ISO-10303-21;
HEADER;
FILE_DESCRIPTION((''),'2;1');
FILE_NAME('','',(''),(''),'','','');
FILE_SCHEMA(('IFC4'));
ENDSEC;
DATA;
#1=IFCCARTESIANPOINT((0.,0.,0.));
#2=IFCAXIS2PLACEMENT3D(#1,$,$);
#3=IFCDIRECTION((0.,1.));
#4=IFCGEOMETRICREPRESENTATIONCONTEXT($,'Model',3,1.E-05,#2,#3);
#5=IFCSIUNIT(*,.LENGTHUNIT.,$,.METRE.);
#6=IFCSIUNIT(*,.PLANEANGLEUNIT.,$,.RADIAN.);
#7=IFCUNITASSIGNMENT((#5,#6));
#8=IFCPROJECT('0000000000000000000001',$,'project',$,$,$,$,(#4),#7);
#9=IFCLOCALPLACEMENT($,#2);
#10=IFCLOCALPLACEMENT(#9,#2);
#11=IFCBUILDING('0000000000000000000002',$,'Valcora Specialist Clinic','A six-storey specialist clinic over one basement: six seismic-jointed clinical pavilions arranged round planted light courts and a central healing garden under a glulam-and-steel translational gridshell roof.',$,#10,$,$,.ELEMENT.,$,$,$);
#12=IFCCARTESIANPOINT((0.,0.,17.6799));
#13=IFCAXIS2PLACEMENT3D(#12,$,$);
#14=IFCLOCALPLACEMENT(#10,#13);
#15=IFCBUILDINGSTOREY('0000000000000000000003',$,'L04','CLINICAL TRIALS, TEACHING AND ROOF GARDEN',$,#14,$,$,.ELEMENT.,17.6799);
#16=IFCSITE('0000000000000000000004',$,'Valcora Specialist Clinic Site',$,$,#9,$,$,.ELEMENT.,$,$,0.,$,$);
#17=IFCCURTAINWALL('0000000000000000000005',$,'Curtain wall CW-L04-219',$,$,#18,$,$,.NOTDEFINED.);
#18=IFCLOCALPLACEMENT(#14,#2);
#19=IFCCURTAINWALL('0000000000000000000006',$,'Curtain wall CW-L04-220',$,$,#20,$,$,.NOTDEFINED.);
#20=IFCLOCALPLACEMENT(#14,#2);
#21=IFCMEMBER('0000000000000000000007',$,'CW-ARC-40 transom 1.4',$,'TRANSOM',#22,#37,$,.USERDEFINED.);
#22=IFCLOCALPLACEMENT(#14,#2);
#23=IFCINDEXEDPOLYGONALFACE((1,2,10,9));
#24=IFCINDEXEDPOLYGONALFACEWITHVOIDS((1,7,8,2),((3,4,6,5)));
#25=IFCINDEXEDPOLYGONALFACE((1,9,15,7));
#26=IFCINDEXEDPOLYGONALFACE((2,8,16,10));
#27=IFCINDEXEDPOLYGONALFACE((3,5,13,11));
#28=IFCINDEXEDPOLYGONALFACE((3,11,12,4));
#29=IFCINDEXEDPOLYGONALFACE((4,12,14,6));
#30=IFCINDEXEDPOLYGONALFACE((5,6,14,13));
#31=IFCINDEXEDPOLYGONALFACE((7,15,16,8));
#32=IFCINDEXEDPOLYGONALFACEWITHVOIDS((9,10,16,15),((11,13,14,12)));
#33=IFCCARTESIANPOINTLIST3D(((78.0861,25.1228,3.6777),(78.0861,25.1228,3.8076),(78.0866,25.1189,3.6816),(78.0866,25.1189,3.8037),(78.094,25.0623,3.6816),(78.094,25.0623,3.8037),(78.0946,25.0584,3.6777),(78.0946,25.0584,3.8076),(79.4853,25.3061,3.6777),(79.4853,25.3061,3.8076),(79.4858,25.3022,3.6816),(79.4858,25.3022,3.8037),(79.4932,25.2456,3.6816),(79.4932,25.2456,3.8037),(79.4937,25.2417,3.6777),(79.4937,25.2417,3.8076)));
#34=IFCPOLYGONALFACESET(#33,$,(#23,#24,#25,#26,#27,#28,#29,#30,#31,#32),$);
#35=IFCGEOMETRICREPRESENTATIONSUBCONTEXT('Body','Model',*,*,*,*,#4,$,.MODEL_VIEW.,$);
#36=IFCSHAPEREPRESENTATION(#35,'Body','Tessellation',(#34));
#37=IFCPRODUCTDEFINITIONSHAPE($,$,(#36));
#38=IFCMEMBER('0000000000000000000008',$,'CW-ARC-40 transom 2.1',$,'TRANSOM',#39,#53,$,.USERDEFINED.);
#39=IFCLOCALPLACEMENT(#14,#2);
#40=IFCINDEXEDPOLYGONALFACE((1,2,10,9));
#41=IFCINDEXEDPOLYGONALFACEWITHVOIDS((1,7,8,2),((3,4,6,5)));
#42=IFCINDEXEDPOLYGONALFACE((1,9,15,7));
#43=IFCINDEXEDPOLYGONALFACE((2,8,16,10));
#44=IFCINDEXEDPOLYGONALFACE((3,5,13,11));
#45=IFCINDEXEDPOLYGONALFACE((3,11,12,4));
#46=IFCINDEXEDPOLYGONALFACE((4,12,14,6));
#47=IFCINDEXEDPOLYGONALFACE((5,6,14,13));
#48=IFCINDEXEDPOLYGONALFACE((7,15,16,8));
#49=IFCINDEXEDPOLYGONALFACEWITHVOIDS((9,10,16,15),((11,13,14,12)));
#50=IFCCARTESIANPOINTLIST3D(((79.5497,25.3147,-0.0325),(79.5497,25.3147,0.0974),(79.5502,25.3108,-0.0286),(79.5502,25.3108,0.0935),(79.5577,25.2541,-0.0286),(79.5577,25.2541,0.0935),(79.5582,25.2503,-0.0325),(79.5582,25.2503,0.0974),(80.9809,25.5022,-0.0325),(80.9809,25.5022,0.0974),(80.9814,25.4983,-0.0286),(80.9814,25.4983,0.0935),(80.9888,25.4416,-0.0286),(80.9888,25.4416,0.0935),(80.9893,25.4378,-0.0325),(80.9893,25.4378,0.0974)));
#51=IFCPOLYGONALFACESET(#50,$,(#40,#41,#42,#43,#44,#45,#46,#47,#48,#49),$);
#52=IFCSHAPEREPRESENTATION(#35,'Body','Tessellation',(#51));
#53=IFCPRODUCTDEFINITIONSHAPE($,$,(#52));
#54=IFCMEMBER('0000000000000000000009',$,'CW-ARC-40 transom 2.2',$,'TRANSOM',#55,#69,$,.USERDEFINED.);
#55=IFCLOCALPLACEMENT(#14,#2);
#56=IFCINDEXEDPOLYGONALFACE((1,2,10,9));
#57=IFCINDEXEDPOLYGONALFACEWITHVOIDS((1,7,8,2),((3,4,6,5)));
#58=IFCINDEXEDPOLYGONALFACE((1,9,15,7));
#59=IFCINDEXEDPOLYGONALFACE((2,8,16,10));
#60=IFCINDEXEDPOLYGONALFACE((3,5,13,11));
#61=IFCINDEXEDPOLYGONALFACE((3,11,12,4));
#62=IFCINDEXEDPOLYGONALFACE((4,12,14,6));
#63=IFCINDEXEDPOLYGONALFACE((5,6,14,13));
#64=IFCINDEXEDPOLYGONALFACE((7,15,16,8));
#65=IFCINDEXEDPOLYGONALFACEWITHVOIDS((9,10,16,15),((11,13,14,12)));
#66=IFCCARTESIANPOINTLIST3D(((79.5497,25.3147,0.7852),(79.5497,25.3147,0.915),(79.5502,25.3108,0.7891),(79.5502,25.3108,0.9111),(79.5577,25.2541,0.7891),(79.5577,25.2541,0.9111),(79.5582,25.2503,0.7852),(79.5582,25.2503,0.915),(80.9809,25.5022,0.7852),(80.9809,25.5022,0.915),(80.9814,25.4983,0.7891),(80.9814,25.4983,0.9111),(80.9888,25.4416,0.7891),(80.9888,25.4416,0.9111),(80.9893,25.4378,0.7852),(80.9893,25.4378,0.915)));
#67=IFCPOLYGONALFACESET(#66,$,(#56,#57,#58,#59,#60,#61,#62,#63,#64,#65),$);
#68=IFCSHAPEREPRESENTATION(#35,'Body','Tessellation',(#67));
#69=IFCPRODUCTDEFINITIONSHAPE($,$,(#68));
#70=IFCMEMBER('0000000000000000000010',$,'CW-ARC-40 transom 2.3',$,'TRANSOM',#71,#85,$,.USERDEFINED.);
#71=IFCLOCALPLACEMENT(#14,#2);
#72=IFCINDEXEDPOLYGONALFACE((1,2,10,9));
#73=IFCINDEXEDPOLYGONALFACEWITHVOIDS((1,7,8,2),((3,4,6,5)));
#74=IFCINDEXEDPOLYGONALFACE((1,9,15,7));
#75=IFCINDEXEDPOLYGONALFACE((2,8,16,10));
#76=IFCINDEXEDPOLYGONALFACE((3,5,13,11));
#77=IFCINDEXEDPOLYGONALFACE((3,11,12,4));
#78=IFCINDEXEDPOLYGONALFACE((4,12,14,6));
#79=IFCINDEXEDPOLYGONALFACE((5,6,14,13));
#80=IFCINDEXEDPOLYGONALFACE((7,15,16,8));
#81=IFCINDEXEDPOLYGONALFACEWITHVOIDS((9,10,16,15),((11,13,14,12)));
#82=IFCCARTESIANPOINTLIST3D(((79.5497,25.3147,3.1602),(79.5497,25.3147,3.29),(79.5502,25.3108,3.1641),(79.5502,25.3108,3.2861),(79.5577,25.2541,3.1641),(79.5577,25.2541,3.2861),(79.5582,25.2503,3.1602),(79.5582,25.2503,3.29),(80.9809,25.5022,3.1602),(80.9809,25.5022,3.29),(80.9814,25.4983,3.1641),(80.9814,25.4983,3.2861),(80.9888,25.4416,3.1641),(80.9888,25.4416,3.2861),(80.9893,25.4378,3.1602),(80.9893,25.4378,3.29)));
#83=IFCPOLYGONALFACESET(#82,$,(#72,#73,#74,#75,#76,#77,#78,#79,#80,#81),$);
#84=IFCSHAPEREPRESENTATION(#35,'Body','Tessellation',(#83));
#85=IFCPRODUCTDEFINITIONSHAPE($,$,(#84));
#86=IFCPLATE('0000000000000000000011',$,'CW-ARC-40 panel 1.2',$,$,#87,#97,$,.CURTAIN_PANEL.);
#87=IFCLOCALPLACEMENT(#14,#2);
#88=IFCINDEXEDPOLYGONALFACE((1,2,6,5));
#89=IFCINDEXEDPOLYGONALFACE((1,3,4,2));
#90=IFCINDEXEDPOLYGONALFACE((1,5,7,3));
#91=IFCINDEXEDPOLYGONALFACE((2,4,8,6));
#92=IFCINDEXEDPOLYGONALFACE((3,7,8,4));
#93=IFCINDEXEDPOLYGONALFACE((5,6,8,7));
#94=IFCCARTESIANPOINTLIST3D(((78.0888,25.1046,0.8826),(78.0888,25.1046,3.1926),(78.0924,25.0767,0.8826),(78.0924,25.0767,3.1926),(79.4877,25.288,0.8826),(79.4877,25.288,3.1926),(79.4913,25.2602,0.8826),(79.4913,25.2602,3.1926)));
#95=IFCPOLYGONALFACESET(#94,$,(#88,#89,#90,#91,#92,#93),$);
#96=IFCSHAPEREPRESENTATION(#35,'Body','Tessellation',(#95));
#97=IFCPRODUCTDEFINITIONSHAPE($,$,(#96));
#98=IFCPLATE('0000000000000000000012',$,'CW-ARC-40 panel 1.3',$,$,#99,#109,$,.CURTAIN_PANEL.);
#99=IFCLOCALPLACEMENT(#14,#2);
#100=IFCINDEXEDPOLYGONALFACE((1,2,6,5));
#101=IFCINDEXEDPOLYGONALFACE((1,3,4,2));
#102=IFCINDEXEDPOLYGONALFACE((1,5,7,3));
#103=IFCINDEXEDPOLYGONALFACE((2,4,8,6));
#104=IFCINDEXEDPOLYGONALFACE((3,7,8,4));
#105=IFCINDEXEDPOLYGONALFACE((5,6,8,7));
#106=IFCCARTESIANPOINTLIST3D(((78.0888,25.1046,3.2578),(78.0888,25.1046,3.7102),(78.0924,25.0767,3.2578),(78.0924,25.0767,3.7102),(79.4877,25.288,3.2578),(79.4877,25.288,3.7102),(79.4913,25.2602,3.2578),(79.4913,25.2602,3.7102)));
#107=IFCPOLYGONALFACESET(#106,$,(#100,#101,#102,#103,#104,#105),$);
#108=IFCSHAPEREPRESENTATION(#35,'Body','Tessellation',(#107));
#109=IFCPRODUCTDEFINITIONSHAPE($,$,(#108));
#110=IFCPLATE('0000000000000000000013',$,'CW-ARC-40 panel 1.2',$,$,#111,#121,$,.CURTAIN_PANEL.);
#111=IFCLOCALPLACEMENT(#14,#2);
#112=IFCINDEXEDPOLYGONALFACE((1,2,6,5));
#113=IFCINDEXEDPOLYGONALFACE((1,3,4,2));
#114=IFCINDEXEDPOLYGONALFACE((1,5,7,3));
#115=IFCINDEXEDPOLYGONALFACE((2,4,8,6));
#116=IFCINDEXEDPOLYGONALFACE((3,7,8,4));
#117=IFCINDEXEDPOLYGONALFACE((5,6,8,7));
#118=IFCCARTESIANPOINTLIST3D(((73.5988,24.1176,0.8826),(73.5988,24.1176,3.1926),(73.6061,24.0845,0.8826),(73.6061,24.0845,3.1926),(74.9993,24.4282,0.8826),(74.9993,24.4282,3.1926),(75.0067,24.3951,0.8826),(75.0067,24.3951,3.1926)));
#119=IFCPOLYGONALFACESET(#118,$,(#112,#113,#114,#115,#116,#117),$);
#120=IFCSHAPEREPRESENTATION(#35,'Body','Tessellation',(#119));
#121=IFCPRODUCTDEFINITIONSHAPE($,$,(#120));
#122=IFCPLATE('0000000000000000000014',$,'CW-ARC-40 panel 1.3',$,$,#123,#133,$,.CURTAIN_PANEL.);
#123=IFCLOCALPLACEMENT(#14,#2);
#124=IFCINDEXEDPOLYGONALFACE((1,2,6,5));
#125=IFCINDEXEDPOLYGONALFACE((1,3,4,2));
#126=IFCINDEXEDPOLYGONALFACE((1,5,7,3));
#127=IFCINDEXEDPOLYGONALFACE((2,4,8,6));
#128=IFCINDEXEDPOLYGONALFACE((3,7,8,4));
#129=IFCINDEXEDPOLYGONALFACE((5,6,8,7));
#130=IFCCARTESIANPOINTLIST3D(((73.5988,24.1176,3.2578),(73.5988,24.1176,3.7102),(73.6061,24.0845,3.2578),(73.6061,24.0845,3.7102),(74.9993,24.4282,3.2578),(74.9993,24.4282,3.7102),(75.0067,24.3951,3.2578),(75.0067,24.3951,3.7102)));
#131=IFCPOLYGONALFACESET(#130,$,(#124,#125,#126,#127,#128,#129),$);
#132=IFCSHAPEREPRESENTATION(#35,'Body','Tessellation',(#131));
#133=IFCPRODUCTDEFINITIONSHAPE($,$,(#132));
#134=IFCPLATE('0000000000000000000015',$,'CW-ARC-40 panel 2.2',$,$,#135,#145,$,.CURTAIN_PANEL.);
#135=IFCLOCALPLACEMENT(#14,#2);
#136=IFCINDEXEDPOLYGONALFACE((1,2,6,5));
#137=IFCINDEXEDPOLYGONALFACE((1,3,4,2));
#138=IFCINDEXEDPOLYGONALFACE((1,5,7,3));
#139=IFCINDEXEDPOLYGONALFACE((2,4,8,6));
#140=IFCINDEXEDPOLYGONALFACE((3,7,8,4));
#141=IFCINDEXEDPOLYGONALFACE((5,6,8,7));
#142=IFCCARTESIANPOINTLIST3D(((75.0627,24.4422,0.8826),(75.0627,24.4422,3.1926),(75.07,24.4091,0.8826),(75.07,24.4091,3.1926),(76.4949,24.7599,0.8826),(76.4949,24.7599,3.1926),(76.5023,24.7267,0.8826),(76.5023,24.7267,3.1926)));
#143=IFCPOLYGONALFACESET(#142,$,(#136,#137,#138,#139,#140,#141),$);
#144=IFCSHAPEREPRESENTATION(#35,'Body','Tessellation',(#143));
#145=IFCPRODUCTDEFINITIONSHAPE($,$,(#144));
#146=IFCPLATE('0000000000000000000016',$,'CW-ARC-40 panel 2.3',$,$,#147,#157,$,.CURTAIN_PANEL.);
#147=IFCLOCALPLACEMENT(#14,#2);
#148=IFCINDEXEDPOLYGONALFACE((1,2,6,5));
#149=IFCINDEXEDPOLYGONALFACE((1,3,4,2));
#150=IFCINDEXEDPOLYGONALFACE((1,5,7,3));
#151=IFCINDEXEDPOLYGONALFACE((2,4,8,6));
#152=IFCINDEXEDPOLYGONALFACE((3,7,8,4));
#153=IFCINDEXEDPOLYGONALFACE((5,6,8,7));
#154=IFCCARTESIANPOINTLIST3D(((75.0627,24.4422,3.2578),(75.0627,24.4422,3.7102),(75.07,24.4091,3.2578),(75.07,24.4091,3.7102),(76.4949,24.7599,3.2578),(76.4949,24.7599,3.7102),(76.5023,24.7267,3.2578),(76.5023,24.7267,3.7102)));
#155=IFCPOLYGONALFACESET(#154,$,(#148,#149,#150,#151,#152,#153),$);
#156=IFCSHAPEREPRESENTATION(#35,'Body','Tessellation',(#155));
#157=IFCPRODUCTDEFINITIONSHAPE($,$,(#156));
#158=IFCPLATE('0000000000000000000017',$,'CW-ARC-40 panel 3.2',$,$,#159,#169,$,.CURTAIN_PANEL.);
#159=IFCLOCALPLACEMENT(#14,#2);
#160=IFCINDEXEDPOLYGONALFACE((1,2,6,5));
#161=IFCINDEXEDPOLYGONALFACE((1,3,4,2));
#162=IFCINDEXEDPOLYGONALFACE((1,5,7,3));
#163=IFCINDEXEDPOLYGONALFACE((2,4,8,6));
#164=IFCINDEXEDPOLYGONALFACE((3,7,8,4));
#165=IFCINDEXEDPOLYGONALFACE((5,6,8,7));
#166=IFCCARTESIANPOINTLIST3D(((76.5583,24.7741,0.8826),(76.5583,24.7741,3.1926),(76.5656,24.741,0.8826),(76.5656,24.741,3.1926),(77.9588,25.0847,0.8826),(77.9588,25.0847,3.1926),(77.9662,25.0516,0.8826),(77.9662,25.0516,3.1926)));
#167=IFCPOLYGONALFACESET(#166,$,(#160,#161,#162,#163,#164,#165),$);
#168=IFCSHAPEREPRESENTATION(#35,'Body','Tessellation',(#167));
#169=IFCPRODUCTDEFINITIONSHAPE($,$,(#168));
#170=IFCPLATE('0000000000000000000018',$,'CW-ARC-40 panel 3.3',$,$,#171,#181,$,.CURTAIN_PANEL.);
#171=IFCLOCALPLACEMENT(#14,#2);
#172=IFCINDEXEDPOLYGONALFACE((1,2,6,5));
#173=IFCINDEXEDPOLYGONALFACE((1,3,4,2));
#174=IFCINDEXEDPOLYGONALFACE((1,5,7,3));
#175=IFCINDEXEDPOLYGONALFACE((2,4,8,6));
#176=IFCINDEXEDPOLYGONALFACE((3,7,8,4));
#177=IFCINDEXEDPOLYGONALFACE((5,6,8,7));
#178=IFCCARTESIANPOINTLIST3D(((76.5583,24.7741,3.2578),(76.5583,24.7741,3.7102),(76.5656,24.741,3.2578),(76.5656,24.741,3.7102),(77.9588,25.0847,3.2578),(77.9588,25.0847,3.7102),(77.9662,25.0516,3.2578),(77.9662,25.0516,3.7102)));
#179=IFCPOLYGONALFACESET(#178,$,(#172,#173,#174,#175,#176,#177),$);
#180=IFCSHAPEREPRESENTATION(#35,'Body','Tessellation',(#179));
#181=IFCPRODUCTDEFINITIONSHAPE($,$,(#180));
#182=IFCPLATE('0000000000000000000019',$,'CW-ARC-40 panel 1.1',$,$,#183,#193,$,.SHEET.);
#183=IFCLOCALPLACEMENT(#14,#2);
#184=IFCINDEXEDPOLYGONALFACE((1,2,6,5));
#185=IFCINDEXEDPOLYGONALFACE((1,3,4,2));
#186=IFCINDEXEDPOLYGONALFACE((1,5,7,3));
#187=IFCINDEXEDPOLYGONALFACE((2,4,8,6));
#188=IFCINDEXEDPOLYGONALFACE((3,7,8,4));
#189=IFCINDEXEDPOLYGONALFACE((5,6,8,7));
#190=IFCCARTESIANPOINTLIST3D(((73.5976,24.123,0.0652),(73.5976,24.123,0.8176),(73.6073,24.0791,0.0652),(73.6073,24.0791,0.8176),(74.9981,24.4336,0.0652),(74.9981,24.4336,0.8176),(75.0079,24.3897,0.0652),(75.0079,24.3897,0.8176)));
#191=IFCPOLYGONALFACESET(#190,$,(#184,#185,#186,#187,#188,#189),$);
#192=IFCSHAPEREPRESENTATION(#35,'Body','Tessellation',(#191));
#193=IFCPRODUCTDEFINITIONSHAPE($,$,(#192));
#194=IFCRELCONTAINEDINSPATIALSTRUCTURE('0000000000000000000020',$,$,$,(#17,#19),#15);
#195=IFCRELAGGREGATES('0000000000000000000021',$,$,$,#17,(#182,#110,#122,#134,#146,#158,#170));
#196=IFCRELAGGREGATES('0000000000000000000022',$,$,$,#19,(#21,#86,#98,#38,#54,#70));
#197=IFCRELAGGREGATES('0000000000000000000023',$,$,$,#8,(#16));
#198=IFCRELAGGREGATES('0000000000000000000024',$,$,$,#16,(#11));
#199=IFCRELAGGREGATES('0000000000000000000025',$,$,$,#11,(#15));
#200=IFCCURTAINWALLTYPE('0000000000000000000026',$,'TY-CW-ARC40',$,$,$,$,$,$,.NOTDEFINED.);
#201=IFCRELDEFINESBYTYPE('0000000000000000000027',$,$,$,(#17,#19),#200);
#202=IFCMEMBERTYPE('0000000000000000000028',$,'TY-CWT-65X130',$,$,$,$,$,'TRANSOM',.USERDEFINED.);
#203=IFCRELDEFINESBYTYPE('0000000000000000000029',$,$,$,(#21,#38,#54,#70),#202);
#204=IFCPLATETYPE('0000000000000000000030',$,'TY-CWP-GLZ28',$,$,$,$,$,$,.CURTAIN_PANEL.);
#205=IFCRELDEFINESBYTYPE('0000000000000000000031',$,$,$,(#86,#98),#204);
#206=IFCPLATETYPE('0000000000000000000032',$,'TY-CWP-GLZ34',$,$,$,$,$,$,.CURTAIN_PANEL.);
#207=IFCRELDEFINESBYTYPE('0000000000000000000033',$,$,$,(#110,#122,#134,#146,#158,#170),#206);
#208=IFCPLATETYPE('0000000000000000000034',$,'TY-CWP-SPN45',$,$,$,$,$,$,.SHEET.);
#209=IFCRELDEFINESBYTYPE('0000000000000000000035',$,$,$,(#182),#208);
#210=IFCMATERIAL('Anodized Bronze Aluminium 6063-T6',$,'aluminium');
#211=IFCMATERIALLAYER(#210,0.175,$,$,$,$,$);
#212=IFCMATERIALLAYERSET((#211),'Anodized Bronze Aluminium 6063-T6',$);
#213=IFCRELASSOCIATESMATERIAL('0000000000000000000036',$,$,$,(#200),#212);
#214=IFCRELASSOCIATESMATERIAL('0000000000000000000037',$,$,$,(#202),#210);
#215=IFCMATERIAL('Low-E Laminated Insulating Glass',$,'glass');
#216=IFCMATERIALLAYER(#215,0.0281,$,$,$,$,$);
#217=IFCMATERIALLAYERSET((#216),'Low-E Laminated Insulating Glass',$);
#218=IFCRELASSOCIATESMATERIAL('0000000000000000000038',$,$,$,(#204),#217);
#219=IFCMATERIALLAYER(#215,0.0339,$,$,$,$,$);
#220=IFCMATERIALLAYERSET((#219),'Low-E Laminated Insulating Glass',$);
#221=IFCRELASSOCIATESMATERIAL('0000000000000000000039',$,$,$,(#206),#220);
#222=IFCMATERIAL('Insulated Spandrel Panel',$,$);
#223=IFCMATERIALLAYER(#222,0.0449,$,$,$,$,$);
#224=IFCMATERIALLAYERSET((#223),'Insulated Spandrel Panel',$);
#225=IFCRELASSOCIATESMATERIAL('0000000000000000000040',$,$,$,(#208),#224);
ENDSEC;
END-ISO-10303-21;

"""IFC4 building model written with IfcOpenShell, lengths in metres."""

from ifc_helpers import new_model, si_unit, direction, frame, origin, origin_2d, place, context, subcontext, project, spatial, rectangle, hollow_rectangle, extrude, material, layer, layer_set, material_profile, profile_set, type_object, element, aggregate, save


model = new_model("IFC4")

# Units and contexts
model_context = context("Model", 3, precision=1e-05, world=origin(), true_north=direction((0.0, 1.0)))
body_context = subcontext(model_context, "Body", "Model", "MODEL_VIEW")
ifc_project = project(units=[si_unit("LENGTHUNIT", "METRE"), si_unit("PLANEANGLEUNIT", "RADIAN")], contexts=[model_context])

# Site, building, storey
site_placement = place(None, origin())
site = spatial("IfcSite", under=ifc_project, at=site_placement, Name="Valcora Specialist Clinic Site", CompositionType="ELEMENT", RefElevation=0.0)
building_placement = place(site_placement, origin())
building = spatial("IfcBuilding", under=site, at=building_placement, Name="Valcora Specialist Clinic", Description="A six-storey specialist clinic over one basement: six seismic-jointed clinical pavilions arranged round planted light courts and a central healing garden under a glulam-and-steel translational gridshell roof.", CompositionType="ELEMENT")
storey_placement = place(building_placement, frame((0.0, 0.0, 17.6799)))
storey = spatial("IfcBuildingStorey", under=building, at=storey_placement, Name="L04", Description="CLINICAL TRIALS, TEACHING AND ROOF GARDEN", CompositionType="ELEMENT", Elevation=17.6799)

# Shared definitions
ifc_material_1 = material(Name="Anodized Bronze Aluminium 6063-T6", Category="aluminium")
ifc_layer_1 = layer(ifc_material_1, 0.175)
ifc_layer_set_1 = layer_set([ifc_layer_1], Name="Anodized Bronze Aluminium 6063-T6")
curtain_wall_type = type_object("IfcCurtainWallType", Name="TY-CW-ARC40", PredefinedType="NOTDEFINED", material=ifc_layer_set_1)

# Curtain walls
curtain_wall_1_placement = place(storey_placement, origin())
curtain_wall_1 = element("IfcCurtainWall", 1, at=curtain_wall_1_placement, inside=storey, type_object=curtain_wall_type, Name="Curtain wall CW-L04-219", PredefinedType="NOTDEFINED")
curtain_wall_2_placement = place(storey_placement, origin())
curtain_wall_2 = element("IfcCurtainWall", 2, at=curtain_wall_2_placement, inside=storey, type_object=curtain_wall_type, Name="Curtain wall CW-L04-220", PredefinedType="NOTDEFINED")

# Members
ifc_material_profile_1 = material_profile(ifc_material_1, hollow_rectangle(XDim=0.0649, YDim=0.1299, WallThickness=0.0039, at=origin_2d()), Name="AL-TRN-65X130")
ifc_profile_set_1 = profile_set([ifc_material_profile_1], Name="Anodized Bronze Aluminium 6063-T6")
member_type_1 = type_object("IfcMemberType", Name="TY-CWT-65X130", ElementType="TRANSOM", PredefinedType="USERDEFINED", material=ifc_profile_set_1)
member_1_placement = place(storey_placement, frame((78.0903, 25.0906, 3.7427), z_axis=(0.991523, 0.129931, 0.0), x_axis=(-0.129931, 0.991523, 0.0)))
member_1 = element("IfcMember", 3, at=member_1_placement, type_object=member_type_1, Name="CW-ARC-40 transom 1.4", ObjectType="TRANSOM", PredefinedType="USERDEFINED", context=body_context, shape_type="SweptSolid", body=[
    extrude(hollow_rectangle(XDim=0.0649, YDim=0.1299, WallThickness=0.0039, at=origin_2d()), origin(), (0.0, 0.0, 1.0), 1.4111),
])
member_2_placement = place(storey_placement, frame((79.554, 25.2825, 0.0325), z_axis=(0.991527, 0.129903, 0.0), x_axis=(-0.129903, 0.991527, 0.0)))
member_2 = element("IfcMember", 4, at=member_2_placement, type_object=member_type_1, Name="CW-ARC-40 transom 2.1", ObjectType="TRANSOM", PredefinedType="USERDEFINED", context=body_context, shape_type="SweptSolid", body=[
    extrude(hollow_rectangle(XDim=0.0649, YDim=0.1299, WallThickness=0.0039, at=origin_2d()), origin(), (0.0, 0.0, 1.0), 1.4434),
])
member_3_placement = place(storey_placement, frame((79.554, 25.2825, 0.8501), z_axis=(0.991527, 0.129903, 0.0), x_axis=(-0.129903, 0.991527, 0.0)))
member_3 = element("IfcMember", 5, at=member_3_placement, type_object=member_type_1, Name="CW-ARC-40 transom 2.2", ObjectType="TRANSOM", PredefinedType="USERDEFINED", context=body_context, shape_type="SweptSolid", body=[
    extrude(hollow_rectangle(XDim=0.0649, YDim=0.1299, WallThickness=0.0039, at=origin_2d()), origin(), (0.0, 0.0, 1.0), 1.4434),
])
member_4_placement = place(storey_placement, frame((79.554, 25.2825, 3.2251), z_axis=(0.991527, 0.129903, 0.0), x_axis=(-0.129903, 0.991527, 0.0)))
member_4 = element("IfcMember", 6, at=member_4_placement, type_object=member_type_1, Name="CW-ARC-40 transom 2.3", ObjectType="TRANSOM", PredefinedType="USERDEFINED", context=body_context, shape_type="SweptSolid", body=[
    extrude(hollow_rectangle(XDim=0.0649, YDim=0.1299, WallThickness=0.0039, at=origin_2d()), origin(), (0.0, 0.0, 1.0), 1.4434),
])

# Plates
ifc_material_2 = material(Name="Low-E Laminated Insulating Glass", Category="glass")
ifc_layer_2 = layer(ifc_material_2, 0.0281)
ifc_layer_set_2 = layer_set([ifc_layer_2], Name="Low-E Laminated Insulating Glass")
plate_type_1 = type_object("IfcPlateType", Name="TY-CWP-GLZ28", PredefinedType="CURTAIN_PANEL", material=ifc_layer_set_2)
plate_1_placement = place(storey_placement, frame((78.79, 25.1824, 0.8826), z_axis=(0.0, 0.0, 1.0), x_axis=(0.991514, 0.129999, 0.0)))
plate_1 = element("IfcPlate", 7, at=plate_1_placement, type_object=plate_type_1, Name="CW-ARC-40 panel 1.2", PredefinedType="CURTAIN_PANEL", context=body_context, shape_type="SweptSolid", body=[
    extrude(rectangle(XDim=1.4109, YDim=0.0281, at=origin_2d()), origin(), (0.0, 0.0, 1.0), 2.3101),
])
plate_2_placement = place(storey_placement, frame((78.79, 25.1824, 3.2578), z_axis=(0.0, 0.0, 1.0), x_axis=(0.991514, 0.129999, 0.0)))
plate_2 = element("IfcPlate", 8, at=plate_2_placement, type_object=plate_type_1, Name="CW-ARC-40 panel 1.3", PredefinedType="CURTAIN_PANEL", context=body_context, shape_type="SweptSolid", body=[
    extrude(rectangle(XDim=1.4109, YDim=0.0281, at=origin_2d()), origin(), (0.0, 0.0, 1.0), 0.4524),
])
ifc_layer_3 = layer(ifc_material_2, 0.0339)
ifc_layer_set_3 = layer_set([ifc_layer_3], Name="Low-E Laminated Insulating Glass")
plate_type_2 = type_object("IfcPlateType", Name="TY-CWP-GLZ34", PredefinedType="CURTAIN_PANEL", material=ifc_layer_set_3)
plate_3_placement = place(storey_placement, frame((74.3027, 24.2563, 0.8826), z_axis=(0.0, 0.0, 1.0), x_axis=(0.976279, 0.216518, 0.0)))
plate_3 = element("IfcPlate", 9, at=plate_3_placement, type_object=plate_type_2, Name="CW-ARC-40 panel 1.2", PredefinedType="CURTAIN_PANEL", context=body_context, shape_type="SweptSolid", body=[
    extrude(rectangle(XDim=1.4346, YDim=0.0339, at=origin_2d()), origin(), (0.0, 0.0, 1.0), 2.3101),
])
plate_4_placement = place(storey_placement, frame((74.3027, 24.2563, 3.2578), z_axis=(0.0, 0.0, 1.0), x_axis=(0.976279, 0.216518, 0.0)))
plate_4 = element("IfcPlate", 10, at=plate_4_placement, type_object=plate_type_2, Name="CW-ARC-40 panel 1.3", PredefinedType="CURTAIN_PANEL", context=body_context, shape_type="SweptSolid", body=[
    extrude(rectangle(XDim=1.4346, YDim=0.0339, at=origin_2d()), origin(), (0.0, 0.0, 1.0), 0.4524),
])
plate_5_placement = place(storey_placement, frame((75.7825, 24.5845, 0.8826), z_axis=(0.0, 0.0, 1.0), x_axis=(0.976279, 0.216518, 0.0)))
plate_5 = element("IfcPlate", 11, at=plate_5_placement, type_object=plate_type_2, Name="CW-ARC-40 panel 2.2", PredefinedType="CURTAIN_PANEL", context=body_context, shape_type="SweptSolid", body=[
    extrude(rectangle(XDim=1.467, YDim=0.0339, at=origin_2d()), origin(), (0.0, 0.0, 1.0), 2.3101),
])
plate_6_placement = place(storey_placement, frame((75.7825, 24.5845, 3.2578), z_axis=(0.0, 0.0, 1.0), x_axis=(0.976279, 0.216518, 0.0)))
plate_6 = element("IfcPlate", 12, at=plate_6_placement, type_object=plate_type_2, Name="CW-ARC-40 panel 2.3", PredefinedType="CURTAIN_PANEL", context=body_context, shape_type="SweptSolid", body=[
    extrude(rectangle(XDim=1.467, YDim=0.0339, at=origin_2d()), origin(), (0.0, 0.0, 1.0), 0.4524),
])
plate_7_placement = place(storey_placement, frame((77.2622, 24.9128, 0.8826), z_axis=(0.0, 0.0, 1.0), x_axis=(0.976279, 0.216518, 0.0)))
plate_7 = element("IfcPlate", 13, at=plate_7_placement, type_object=plate_type_2, Name="CW-ARC-40 panel 3.2", PredefinedType="CURTAIN_PANEL", context=body_context, shape_type="SweptSolid", body=[
    extrude(rectangle(XDim=1.4346, YDim=0.0339, at=origin_2d()), origin(), (0.0, 0.0, 1.0), 2.3101),
])
plate_8_placement = place(storey_placement, frame((77.2622, 24.9128, 3.2578), z_axis=(0.0, 0.0, 1.0), x_axis=(0.976279, 0.216518, 0.0)))
plate_8 = element("IfcPlate", 14, at=plate_8_placement, type_object=plate_type_2, Name="CW-ARC-40 panel 3.3", PredefinedType="CURTAIN_PANEL", context=body_context, shape_type="SweptSolid", body=[
    extrude(rectangle(XDim=1.4346, YDim=0.0339, at=origin_2d()), origin(), (0.0, 0.0, 1.0), 0.4524),
])
ifc_material_3 = material(Name="Insulated Spandrel Panel")
ifc_layer_4 = layer(ifc_material_3, 0.0449)
ifc_layer_set_4 = layer_set([ifc_layer_4], Name="Insulated Spandrel Panel")
plate_type_3 = type_object("IfcPlateType", Name="TY-CWP-SPN45", PredefinedType="SHEET", material=ifc_layer_set_4)
plate_9_placement = place(storey_placement, frame((74.3027, 24.2563, 0.0652), z_axis=(0.0, 0.0, 1.0), x_axis=(0.976279, 0.216518, 0.0)))
plate_9 = element("IfcPlate", 15, at=plate_9_placement, type_object=plate_type_3, Name="CW-ARC-40 panel 1.1", PredefinedType="SHEET", context=body_context, shape_type="SweptSolid", body=[
    extrude(rectangle(XDim=1.4346, YDim=0.0449, at=origin_2d()), origin(), (0.0, 0.0, 1.0), 0.7524),
])
aggregate(curtain_wall_1, [plate_9, plate_3, plate_4, plate_5, plate_6, plate_7, plate_8])
aggregate(curtain_wall_2, [member_1, plate_1, plate_2, member_2, member_3, member_4])

save(model, "model.ifc")
